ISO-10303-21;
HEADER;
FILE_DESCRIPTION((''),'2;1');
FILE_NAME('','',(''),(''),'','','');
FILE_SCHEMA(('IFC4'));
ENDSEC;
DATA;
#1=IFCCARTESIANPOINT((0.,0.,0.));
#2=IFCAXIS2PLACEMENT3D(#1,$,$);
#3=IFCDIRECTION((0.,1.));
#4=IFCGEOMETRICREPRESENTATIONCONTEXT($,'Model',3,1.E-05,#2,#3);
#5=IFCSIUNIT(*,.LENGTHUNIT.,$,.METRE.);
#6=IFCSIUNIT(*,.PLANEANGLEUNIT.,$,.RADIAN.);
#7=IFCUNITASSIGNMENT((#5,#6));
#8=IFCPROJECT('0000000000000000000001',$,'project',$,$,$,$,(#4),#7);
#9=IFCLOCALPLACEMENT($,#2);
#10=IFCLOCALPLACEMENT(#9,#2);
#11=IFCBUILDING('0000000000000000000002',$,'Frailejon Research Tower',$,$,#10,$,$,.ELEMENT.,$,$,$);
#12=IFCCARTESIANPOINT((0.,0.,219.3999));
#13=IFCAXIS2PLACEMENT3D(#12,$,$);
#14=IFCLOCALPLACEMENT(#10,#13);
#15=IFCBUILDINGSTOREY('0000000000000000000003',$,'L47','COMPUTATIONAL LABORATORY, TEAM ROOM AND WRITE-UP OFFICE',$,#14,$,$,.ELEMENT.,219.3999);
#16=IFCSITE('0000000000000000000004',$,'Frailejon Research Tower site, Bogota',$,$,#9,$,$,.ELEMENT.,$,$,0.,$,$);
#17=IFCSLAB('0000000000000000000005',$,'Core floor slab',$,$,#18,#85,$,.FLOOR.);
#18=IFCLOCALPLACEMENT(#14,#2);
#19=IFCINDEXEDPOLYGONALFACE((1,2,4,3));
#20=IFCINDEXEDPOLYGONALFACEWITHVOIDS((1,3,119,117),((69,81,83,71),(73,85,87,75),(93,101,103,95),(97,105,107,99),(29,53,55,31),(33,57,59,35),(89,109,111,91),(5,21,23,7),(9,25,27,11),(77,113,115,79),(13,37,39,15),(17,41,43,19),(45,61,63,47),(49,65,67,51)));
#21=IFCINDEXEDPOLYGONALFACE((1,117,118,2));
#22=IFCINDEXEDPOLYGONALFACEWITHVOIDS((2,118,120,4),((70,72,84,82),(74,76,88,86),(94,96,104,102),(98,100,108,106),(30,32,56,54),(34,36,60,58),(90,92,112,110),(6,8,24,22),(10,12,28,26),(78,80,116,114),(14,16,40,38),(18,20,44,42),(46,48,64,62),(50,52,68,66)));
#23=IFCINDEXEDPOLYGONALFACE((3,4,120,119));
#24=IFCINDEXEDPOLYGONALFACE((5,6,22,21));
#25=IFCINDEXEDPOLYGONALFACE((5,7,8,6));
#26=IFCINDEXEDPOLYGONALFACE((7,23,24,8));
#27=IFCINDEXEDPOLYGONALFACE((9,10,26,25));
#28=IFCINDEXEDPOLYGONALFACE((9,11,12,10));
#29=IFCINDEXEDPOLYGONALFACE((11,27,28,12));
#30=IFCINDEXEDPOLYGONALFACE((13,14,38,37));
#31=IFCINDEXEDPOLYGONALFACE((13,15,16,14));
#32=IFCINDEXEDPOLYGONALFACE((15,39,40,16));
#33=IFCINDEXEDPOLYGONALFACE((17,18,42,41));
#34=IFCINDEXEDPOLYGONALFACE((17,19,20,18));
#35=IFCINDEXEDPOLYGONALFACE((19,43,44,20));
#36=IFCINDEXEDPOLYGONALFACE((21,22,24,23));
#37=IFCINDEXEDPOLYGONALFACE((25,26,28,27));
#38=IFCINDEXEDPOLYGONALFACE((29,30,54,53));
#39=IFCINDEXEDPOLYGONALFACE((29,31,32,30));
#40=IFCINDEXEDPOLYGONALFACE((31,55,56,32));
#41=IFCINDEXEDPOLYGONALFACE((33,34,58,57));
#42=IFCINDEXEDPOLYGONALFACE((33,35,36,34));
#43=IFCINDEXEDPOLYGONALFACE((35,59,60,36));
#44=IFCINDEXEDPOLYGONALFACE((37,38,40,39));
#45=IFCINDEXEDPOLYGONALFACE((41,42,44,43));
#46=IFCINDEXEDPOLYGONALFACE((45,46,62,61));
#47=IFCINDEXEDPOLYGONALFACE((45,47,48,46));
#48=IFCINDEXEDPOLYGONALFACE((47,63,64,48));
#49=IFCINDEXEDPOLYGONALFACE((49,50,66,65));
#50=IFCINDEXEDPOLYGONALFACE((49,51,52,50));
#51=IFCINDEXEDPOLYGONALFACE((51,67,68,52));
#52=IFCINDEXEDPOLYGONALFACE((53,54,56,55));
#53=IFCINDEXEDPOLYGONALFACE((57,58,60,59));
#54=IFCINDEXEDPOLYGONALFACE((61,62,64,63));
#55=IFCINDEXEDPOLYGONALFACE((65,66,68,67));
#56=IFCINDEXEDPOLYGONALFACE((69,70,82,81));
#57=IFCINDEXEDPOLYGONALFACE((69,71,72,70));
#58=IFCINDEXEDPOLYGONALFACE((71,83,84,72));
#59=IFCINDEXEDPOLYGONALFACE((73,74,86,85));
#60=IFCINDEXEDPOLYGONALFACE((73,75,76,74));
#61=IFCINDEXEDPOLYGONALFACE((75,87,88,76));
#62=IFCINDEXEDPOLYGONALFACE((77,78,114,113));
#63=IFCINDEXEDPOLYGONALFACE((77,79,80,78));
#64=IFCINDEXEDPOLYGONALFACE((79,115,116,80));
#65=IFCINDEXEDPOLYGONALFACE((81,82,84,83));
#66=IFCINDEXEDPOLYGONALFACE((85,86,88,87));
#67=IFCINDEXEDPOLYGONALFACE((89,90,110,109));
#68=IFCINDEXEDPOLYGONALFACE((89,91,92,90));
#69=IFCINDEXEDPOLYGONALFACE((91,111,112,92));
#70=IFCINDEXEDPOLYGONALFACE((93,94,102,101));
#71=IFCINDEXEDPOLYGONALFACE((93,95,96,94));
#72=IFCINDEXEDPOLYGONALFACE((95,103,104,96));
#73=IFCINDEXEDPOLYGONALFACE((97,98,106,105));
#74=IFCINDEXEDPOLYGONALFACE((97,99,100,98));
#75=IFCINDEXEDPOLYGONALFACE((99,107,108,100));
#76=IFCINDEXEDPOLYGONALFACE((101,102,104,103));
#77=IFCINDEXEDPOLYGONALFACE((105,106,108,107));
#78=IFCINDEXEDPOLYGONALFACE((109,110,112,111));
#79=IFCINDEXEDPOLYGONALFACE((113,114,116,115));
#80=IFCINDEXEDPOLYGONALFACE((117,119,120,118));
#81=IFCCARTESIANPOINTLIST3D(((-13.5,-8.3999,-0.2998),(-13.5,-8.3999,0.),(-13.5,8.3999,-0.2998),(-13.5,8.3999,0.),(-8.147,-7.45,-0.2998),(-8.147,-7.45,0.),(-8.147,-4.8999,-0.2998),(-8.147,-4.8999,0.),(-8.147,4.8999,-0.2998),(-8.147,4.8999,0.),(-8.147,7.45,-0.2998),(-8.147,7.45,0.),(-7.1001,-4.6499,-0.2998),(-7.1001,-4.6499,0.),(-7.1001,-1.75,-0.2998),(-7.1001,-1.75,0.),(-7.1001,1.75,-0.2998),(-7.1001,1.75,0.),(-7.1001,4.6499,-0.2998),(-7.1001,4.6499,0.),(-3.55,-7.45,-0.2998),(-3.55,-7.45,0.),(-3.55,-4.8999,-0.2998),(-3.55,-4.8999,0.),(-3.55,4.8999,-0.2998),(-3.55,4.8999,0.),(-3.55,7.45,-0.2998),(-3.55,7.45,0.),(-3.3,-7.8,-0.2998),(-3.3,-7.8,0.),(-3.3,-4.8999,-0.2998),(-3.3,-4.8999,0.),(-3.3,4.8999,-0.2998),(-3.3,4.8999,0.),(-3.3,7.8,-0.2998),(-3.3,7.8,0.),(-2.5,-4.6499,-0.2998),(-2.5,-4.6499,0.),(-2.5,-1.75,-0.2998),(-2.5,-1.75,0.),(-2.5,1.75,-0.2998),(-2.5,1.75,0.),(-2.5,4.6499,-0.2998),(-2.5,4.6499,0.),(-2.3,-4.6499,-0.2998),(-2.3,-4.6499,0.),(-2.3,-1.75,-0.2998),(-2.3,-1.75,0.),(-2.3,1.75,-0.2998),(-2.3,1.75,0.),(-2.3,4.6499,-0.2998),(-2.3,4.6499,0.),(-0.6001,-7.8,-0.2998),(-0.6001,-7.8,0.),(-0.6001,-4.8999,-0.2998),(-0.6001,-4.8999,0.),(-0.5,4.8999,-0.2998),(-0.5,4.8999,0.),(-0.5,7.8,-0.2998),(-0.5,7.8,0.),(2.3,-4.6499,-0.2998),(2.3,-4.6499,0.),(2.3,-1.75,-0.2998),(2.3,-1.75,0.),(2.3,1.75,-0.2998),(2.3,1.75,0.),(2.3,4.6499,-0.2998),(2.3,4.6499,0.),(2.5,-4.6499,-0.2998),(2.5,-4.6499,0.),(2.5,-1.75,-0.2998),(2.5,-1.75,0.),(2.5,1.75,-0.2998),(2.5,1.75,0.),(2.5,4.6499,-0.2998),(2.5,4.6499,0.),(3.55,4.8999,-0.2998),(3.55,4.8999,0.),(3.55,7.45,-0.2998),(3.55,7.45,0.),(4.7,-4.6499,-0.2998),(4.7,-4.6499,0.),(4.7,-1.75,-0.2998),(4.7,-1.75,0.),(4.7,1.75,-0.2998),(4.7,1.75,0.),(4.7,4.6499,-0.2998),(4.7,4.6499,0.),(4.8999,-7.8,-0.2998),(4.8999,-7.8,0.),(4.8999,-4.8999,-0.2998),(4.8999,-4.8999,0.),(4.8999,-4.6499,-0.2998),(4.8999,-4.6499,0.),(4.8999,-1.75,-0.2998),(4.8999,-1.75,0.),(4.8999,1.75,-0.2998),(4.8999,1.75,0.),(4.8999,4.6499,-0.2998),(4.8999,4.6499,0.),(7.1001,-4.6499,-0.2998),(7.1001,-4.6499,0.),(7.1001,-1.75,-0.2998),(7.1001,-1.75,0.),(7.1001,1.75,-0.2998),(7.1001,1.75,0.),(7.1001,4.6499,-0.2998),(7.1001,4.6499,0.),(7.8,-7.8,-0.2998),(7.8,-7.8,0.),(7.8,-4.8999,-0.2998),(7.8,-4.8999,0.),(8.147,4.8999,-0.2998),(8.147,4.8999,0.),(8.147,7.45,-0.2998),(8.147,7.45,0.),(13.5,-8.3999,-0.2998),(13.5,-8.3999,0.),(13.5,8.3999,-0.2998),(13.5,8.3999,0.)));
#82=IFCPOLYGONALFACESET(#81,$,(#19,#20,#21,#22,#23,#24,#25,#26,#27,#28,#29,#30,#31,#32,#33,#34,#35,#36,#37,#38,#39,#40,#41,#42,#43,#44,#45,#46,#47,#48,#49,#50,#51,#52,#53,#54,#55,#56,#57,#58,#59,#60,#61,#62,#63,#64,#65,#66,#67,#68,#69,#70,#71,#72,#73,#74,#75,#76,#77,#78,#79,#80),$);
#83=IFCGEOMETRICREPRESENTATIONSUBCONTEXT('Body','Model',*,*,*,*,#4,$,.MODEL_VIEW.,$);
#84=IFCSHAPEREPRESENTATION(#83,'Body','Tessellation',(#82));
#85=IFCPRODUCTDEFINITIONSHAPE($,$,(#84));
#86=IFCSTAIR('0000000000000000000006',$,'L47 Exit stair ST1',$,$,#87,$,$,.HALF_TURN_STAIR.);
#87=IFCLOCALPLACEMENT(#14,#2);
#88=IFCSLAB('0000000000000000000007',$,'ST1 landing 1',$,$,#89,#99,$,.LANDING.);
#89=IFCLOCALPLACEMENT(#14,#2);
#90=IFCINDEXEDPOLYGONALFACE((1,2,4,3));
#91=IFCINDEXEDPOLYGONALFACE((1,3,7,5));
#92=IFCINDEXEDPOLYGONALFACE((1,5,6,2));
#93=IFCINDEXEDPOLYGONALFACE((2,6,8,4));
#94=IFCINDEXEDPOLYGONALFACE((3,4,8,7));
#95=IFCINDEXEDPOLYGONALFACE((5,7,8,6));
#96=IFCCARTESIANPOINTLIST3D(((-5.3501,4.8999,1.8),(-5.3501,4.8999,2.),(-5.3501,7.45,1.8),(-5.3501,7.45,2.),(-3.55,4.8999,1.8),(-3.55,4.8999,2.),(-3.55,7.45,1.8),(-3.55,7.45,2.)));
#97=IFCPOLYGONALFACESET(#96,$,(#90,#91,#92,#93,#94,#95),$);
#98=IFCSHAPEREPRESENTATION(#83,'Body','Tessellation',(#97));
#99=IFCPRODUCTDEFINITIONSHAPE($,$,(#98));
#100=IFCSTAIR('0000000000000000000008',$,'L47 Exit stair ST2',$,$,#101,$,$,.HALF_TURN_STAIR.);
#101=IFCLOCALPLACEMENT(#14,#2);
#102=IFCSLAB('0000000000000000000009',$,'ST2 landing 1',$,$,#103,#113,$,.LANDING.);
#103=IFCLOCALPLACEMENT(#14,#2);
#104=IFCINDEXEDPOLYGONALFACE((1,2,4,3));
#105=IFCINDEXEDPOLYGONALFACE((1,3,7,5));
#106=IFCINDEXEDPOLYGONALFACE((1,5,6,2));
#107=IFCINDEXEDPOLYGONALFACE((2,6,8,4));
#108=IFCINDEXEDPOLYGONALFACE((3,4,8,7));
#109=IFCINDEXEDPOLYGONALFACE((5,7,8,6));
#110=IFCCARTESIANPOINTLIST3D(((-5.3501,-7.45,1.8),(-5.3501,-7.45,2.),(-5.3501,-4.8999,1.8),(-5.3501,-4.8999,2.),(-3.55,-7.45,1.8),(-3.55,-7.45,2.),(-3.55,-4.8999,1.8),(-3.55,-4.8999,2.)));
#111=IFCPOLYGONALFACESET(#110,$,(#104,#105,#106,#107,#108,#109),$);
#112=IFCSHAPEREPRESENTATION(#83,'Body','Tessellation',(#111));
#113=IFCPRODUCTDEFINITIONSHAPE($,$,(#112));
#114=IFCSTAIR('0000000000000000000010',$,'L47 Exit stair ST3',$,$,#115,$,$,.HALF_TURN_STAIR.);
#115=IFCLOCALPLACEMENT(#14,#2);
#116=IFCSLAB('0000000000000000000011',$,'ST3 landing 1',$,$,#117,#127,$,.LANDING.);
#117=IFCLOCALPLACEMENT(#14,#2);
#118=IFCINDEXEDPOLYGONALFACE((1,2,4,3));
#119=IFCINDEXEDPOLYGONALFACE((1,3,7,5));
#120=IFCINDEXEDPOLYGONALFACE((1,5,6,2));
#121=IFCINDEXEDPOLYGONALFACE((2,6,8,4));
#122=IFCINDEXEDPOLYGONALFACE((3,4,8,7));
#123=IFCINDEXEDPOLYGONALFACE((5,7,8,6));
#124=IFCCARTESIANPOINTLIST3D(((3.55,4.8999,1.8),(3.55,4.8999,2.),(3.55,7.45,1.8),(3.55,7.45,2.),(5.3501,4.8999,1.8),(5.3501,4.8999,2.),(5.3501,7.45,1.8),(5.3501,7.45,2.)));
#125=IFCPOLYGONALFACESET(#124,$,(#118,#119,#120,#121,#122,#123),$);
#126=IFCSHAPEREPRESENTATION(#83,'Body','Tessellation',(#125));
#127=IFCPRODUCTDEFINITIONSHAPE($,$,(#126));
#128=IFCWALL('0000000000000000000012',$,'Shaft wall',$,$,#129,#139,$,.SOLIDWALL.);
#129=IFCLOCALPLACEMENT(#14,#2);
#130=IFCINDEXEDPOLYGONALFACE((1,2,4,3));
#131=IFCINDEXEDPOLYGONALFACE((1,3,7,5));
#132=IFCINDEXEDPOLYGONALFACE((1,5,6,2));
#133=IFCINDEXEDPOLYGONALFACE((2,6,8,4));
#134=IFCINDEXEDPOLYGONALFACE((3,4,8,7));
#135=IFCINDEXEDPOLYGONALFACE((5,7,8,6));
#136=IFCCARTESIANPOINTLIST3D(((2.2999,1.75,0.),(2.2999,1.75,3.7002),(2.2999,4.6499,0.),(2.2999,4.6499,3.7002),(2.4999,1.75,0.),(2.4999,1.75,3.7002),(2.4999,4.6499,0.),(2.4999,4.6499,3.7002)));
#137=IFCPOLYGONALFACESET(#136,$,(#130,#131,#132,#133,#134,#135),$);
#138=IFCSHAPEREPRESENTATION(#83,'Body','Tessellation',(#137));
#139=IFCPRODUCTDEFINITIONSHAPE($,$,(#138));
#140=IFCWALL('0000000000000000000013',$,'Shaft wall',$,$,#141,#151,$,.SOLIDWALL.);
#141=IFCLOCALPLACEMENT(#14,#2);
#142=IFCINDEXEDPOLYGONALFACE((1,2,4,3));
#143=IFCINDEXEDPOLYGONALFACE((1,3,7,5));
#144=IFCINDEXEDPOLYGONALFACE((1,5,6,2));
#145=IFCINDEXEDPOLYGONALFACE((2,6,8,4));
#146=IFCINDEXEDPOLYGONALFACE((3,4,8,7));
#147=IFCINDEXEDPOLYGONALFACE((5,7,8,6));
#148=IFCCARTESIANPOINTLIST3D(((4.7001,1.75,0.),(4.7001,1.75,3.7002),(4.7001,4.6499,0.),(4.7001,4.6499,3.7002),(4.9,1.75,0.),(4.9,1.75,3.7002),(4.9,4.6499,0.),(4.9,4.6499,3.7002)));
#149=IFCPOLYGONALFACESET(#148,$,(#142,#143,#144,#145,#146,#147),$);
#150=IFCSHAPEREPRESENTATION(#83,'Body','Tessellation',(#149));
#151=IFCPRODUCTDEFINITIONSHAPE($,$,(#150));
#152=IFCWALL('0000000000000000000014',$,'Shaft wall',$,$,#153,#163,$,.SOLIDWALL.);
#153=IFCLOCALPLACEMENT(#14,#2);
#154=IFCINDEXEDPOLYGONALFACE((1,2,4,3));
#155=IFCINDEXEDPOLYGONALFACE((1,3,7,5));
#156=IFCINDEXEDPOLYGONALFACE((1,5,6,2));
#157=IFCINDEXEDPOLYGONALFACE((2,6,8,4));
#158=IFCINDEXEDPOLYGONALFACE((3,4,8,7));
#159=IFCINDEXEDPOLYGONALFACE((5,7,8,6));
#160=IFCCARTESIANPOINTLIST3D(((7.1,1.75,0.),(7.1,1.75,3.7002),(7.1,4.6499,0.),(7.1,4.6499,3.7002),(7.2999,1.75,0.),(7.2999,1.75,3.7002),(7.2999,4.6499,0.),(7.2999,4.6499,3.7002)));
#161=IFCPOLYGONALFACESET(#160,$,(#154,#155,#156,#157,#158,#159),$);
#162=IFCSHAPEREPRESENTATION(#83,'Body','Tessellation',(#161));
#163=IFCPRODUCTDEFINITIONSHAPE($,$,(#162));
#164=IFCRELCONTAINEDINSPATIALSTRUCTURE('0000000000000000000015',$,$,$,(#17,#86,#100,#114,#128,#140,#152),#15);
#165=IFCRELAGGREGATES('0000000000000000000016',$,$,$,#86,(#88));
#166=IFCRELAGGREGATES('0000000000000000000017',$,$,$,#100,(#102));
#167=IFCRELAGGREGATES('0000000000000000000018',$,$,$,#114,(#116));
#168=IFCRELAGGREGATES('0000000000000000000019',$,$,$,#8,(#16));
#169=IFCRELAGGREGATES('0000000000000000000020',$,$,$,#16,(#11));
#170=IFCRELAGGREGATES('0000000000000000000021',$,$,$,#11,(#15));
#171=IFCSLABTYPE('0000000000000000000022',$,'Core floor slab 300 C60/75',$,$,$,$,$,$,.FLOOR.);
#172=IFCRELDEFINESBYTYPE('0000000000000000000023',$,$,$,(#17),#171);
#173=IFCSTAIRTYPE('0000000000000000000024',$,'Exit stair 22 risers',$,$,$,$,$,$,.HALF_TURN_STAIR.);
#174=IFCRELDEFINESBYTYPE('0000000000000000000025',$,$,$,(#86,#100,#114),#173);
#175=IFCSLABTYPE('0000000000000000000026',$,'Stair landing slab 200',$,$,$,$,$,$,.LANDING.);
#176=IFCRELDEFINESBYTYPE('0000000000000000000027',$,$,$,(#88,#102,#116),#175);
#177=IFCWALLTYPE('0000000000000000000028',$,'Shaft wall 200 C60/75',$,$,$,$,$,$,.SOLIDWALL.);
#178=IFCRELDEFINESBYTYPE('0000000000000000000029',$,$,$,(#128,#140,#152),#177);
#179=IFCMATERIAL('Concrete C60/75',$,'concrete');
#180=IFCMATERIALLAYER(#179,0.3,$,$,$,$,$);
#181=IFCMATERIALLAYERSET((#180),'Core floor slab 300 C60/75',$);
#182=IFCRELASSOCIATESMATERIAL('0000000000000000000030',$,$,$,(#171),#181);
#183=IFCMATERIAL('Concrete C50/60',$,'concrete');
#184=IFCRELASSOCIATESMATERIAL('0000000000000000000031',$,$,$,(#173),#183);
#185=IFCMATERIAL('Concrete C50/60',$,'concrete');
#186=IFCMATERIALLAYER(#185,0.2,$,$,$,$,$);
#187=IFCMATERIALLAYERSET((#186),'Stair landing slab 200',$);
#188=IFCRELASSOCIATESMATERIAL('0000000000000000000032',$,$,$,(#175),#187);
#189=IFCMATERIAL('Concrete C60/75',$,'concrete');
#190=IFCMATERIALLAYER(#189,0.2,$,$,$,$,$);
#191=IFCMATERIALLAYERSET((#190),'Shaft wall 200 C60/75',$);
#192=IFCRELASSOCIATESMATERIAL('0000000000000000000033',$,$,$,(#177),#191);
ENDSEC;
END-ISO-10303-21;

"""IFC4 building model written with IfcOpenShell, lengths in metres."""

from ifc_helpers import new_model, si_unit, direction, frame, frame_2d, origin, place, context, subcontext, project, spatial, polyline, rectangle, outline, extrude, material, layer, layer_set, type_object, element, aggregate, save


model = new_model("IFC4")

# Units and contexts
model_context = context("Model", 3, precision=1e-05, world=origin(), true_north=direction((0.0, 1.0)))
body_context = subcontext(model_context, "Body", "Model", "MODEL_VIEW")
ifc_project = project(units=[si_unit("LENGTHUNIT", "METRE"), si_unit("PLANEANGLEUNIT", "RADIAN")], contexts=[model_context])

# Site, building, storey
site_placement = place(None, origin())
site = spatial("IfcSite", under=ifc_project, at=site_placement, Name="Frailejon Research Tower site, Bogota", CompositionType="ELEMENT", RefElevation=0.0)
building_placement = place(site_placement, origin())
building = spatial("IfcBuilding", under=site, at=building_placement, Name="Frailejon Research Tower", CompositionType="ELEMENT")
storey_placement = place(building_placement, frame((0.0, 0.0, 219.3999)))
storey = spatial("IfcBuildingStorey", under=building, at=storey_placement, Name="L47", Description="COMPUTATIONAL LABORATORY, TEAM ROOM AND WRITE-UP OFFICE", CompositionType="ELEMENT", Elevation=219.3999)

# Slab
ifc_material_1 = material(Name="Concrete C60/75", Category="concrete")
ifc_layer_1 = layer(ifc_material_1, 0.3)
ifc_layer_set_1 = layer_set([ifc_layer_1], Name="Core floor slab 300 C60/75")
slab_type_1 = type_object("IfcSlabType", Name="Core floor slab 300 C60/75", PredefinedType="FLOOR", material=ifc_layer_set_1)
slab_1_placement = place(storey_placement, frame((0.0, 0.0, -0.2998)))
element("IfcSlab", 1, at=slab_1_placement, inside=storey, type_object=slab_type_1, Name="Core floor slab", PredefinedType="FLOOR", context=body_context, shape_type="SweptSolid", body=[
    extrude(outline(polyline([(13.5, -8.3999), (13.5, 8.3999), (-13.5, 8.3999), (-13.5, -8.3999), (13.5, -8.3999)]), holes=[polyline([(-2.5, 1.75), (-2.5, 4.6499), (-7.1001, 4.6499), (-7.1001, 1.75), (-2.5, 1.75)]), polyline([(2.3, 1.75), (2.3, 4.6499), (-2.3, 4.6499), (-2.3, 1.75), (2.3, 1.75)]), polyline([(4.7, 1.75), (4.7, 4.6499), (2.5, 4.6499), (2.5, 1.75), (4.7, 1.75)]), polyline([(7.1001, 1.75), (7.1001, 4.6499), (4.8999, 4.6499), (4.8999, 1.75), (7.1001, 1.75)]), polyline([(-2.5, -4.6499), (-2.5, -1.75), (-7.1001, -1.75), (-7.1001, -4.6499), (-2.5, -4.6499)]), polyline([(2.3, -4.6499), (2.3, -1.75), (-2.3, -1.75), (-2.3, -4.6499), (2.3, -4.6499)]), polyline([(4.7, -4.6499), (4.7, -1.75), (2.5, -1.75), (2.5, -4.6499), (4.7, -4.6499)]), polyline([(7.1001, -4.6499), (7.1001, -1.75), (4.8999, -1.75), (4.8999, -4.6499), (7.1001, -4.6499)]), polyline([(-8.147, 4.8999), (-3.55, 4.8999), (-3.55, 7.45), (-8.147, 7.45), (-8.147, 4.8999)]), polyline([(-8.147, -7.45), (-3.55, -7.45), (-3.55, -4.8999), (-8.147, -4.8999), (-8.147, -7.45)]), polyline([(8.147, 7.45), (3.55, 7.45), (3.55, 4.8999), (8.147, 4.8999), (8.147, 7.45)]), polyline([(-0.6001, -7.8), (-0.6001, -4.8999), (-3.3, -4.8999), (-3.3, -7.8), (-0.6001, -7.8)]), polyline([(7.8, -7.8), (7.8, -4.8999), (4.8999, -4.8999), (4.8999, -7.8), (7.8, -7.8)]), polyline([(-0.5, 4.8999), (-0.5, 7.8), (-3.3, 7.8), (-3.3, 4.8999), (-0.5, 4.8999)])]), origin(), (0.0, 0.0, 1.0), 0.2998),
])

# Stairs, slabs
ifc_material_2 = material(Name="Concrete C50/60", Category="concrete")
stair_type = type_object("IfcStairType", Name="Exit stair 22 risers", PredefinedType="HALF_TURN_STAIR", material=ifc_material_2)
stair_1_placement = place(storey_placement, origin())
stair_1 = element("IfcStair", 2, at=stair_1_placement, inside=storey, type_object=stair_type, Name="L47 Exit stair ST1", PredefinedType="HALF_TURN_STAIR")
ifc_material_3 = material(Name="Concrete C50/60", Category="concrete")
ifc_layer_2 = layer(ifc_material_3, 0.2)
ifc_layer_set_2 = layer_set([ifc_layer_2], Name="Stair landing slab 200")
slab_type_2 = type_object("IfcSlabType", Name="Stair landing slab 200", PredefinedType="LANDING", material=ifc_layer_set_2)
slab_2_placement = place(storey_placement, frame((0.0, 0.0, 1.8)))
slab_2 = element("IfcSlab", 3, at=slab_2_placement, type_object=slab_type_2, Name="ST1 landing 1", PredefinedType="LANDING", context=body_context, shape_type="SweptSolid", body=[
    extrude(outline(polyline([(-5.3501, 4.8999), (-3.55, 4.8999), (-3.55, 7.45), (-5.3501, 7.45), (-5.3501, 4.8999)])), origin(), (0.0, 0.0, 1.0), 0.2),
])
aggregate(stair_1, [slab_2])
stair_2_placement = place(storey_placement, origin())
stair_2 = element("IfcStair", 4, at=stair_2_placement, inside=storey, type_object=stair_type, Name="L47 Exit stair ST2", PredefinedType="HALF_TURN_STAIR")
slab_3_placement = place(storey_placement, frame((0.0, 0.0, 1.8)))
slab_3 = element("IfcSlab", 5, at=slab_3_placement, type_object=slab_type_2, Name="ST2 landing 1", PredefinedType="LANDING", context=body_context, shape_type="SweptSolid", body=[
    extrude(outline(polyline([(-5.3501, -7.45), (-3.55, -7.45), (-3.55, -4.8999), (-5.3501, -4.8999), (-5.3501, -7.45)])), origin(), (0.0, 0.0, 1.0), 0.2),
])
aggregate(stair_2, [slab_3])
stair_3_placement = place(storey_placement, origin())
stair_3 = element("IfcStair", 6, at=stair_3_placement, inside=storey, type_object=stair_type, Name="L47 Exit stair ST3", PredefinedType="HALF_TURN_STAIR")
slab_4_placement = place(storey_placement, frame((0.0, 0.0, 1.8)))
slab_4 = element("IfcSlab", 7, at=slab_4_placement, type_object=slab_type_2, Name="ST3 landing 1", PredefinedType="LANDING", context=body_context, shape_type="SweptSolid", body=[
    extrude(outline(polyline([(5.3501, 7.45), (3.55, 7.45), (3.55, 4.8999), (5.3501, 4.8999), (5.3501, 7.45)])), origin(), (0.0, 0.0, 1.0), 0.2),
])

# Walls
ifc_material_4 = material(Name="Concrete C60/75", Category="concrete")
ifc_layer_3 = layer(ifc_material_4, 0.2)
ifc_layer_set_3 = layer_set([ifc_layer_3], Name="Shaft wall 200 C60/75")
wall_type_1 = type_object("IfcWallType", Name="Shaft wall 200 C60/75", PredefinedType="SOLIDWALL", material=ifc_layer_set_3)
for number, where, z_axis, x_axis, name in (
    (8, (2.3999, 1.75, 0.0), (0.0, 0.0, 1.0), (0.0, 1.0, 0.0), "Shaft wall"),
    (9, (4.8, 1.75, 0.0), (0.0, 0.0, 1.0), (0.0, 1.0, 0.0), "Shaft wall"),
    (10, (7.2, 1.75, 0.0), (0.0, 0.0, 1.0), (0.0, 1.0, 0.0), "Shaft wall"),
):
    element("IfcWall", number, at=place(storey_placement, frame(where, z_axis=z_axis, x_axis=x_axis)), inside=storey, type_object=wall_type_1, Name=name, PredefinedType="SOLIDWALL", context=body_context, shape_type="SweptSolid", body=[
        extrude(rectangle(XDim=2.8999, YDim=0.2, at=frame_2d((1.45, 0.0))), origin(), (0.0, 0.0, 1.0), 3.7002),
    ])

aggregate(stair_3, [slab_4])

save(model, "model.ifc")
